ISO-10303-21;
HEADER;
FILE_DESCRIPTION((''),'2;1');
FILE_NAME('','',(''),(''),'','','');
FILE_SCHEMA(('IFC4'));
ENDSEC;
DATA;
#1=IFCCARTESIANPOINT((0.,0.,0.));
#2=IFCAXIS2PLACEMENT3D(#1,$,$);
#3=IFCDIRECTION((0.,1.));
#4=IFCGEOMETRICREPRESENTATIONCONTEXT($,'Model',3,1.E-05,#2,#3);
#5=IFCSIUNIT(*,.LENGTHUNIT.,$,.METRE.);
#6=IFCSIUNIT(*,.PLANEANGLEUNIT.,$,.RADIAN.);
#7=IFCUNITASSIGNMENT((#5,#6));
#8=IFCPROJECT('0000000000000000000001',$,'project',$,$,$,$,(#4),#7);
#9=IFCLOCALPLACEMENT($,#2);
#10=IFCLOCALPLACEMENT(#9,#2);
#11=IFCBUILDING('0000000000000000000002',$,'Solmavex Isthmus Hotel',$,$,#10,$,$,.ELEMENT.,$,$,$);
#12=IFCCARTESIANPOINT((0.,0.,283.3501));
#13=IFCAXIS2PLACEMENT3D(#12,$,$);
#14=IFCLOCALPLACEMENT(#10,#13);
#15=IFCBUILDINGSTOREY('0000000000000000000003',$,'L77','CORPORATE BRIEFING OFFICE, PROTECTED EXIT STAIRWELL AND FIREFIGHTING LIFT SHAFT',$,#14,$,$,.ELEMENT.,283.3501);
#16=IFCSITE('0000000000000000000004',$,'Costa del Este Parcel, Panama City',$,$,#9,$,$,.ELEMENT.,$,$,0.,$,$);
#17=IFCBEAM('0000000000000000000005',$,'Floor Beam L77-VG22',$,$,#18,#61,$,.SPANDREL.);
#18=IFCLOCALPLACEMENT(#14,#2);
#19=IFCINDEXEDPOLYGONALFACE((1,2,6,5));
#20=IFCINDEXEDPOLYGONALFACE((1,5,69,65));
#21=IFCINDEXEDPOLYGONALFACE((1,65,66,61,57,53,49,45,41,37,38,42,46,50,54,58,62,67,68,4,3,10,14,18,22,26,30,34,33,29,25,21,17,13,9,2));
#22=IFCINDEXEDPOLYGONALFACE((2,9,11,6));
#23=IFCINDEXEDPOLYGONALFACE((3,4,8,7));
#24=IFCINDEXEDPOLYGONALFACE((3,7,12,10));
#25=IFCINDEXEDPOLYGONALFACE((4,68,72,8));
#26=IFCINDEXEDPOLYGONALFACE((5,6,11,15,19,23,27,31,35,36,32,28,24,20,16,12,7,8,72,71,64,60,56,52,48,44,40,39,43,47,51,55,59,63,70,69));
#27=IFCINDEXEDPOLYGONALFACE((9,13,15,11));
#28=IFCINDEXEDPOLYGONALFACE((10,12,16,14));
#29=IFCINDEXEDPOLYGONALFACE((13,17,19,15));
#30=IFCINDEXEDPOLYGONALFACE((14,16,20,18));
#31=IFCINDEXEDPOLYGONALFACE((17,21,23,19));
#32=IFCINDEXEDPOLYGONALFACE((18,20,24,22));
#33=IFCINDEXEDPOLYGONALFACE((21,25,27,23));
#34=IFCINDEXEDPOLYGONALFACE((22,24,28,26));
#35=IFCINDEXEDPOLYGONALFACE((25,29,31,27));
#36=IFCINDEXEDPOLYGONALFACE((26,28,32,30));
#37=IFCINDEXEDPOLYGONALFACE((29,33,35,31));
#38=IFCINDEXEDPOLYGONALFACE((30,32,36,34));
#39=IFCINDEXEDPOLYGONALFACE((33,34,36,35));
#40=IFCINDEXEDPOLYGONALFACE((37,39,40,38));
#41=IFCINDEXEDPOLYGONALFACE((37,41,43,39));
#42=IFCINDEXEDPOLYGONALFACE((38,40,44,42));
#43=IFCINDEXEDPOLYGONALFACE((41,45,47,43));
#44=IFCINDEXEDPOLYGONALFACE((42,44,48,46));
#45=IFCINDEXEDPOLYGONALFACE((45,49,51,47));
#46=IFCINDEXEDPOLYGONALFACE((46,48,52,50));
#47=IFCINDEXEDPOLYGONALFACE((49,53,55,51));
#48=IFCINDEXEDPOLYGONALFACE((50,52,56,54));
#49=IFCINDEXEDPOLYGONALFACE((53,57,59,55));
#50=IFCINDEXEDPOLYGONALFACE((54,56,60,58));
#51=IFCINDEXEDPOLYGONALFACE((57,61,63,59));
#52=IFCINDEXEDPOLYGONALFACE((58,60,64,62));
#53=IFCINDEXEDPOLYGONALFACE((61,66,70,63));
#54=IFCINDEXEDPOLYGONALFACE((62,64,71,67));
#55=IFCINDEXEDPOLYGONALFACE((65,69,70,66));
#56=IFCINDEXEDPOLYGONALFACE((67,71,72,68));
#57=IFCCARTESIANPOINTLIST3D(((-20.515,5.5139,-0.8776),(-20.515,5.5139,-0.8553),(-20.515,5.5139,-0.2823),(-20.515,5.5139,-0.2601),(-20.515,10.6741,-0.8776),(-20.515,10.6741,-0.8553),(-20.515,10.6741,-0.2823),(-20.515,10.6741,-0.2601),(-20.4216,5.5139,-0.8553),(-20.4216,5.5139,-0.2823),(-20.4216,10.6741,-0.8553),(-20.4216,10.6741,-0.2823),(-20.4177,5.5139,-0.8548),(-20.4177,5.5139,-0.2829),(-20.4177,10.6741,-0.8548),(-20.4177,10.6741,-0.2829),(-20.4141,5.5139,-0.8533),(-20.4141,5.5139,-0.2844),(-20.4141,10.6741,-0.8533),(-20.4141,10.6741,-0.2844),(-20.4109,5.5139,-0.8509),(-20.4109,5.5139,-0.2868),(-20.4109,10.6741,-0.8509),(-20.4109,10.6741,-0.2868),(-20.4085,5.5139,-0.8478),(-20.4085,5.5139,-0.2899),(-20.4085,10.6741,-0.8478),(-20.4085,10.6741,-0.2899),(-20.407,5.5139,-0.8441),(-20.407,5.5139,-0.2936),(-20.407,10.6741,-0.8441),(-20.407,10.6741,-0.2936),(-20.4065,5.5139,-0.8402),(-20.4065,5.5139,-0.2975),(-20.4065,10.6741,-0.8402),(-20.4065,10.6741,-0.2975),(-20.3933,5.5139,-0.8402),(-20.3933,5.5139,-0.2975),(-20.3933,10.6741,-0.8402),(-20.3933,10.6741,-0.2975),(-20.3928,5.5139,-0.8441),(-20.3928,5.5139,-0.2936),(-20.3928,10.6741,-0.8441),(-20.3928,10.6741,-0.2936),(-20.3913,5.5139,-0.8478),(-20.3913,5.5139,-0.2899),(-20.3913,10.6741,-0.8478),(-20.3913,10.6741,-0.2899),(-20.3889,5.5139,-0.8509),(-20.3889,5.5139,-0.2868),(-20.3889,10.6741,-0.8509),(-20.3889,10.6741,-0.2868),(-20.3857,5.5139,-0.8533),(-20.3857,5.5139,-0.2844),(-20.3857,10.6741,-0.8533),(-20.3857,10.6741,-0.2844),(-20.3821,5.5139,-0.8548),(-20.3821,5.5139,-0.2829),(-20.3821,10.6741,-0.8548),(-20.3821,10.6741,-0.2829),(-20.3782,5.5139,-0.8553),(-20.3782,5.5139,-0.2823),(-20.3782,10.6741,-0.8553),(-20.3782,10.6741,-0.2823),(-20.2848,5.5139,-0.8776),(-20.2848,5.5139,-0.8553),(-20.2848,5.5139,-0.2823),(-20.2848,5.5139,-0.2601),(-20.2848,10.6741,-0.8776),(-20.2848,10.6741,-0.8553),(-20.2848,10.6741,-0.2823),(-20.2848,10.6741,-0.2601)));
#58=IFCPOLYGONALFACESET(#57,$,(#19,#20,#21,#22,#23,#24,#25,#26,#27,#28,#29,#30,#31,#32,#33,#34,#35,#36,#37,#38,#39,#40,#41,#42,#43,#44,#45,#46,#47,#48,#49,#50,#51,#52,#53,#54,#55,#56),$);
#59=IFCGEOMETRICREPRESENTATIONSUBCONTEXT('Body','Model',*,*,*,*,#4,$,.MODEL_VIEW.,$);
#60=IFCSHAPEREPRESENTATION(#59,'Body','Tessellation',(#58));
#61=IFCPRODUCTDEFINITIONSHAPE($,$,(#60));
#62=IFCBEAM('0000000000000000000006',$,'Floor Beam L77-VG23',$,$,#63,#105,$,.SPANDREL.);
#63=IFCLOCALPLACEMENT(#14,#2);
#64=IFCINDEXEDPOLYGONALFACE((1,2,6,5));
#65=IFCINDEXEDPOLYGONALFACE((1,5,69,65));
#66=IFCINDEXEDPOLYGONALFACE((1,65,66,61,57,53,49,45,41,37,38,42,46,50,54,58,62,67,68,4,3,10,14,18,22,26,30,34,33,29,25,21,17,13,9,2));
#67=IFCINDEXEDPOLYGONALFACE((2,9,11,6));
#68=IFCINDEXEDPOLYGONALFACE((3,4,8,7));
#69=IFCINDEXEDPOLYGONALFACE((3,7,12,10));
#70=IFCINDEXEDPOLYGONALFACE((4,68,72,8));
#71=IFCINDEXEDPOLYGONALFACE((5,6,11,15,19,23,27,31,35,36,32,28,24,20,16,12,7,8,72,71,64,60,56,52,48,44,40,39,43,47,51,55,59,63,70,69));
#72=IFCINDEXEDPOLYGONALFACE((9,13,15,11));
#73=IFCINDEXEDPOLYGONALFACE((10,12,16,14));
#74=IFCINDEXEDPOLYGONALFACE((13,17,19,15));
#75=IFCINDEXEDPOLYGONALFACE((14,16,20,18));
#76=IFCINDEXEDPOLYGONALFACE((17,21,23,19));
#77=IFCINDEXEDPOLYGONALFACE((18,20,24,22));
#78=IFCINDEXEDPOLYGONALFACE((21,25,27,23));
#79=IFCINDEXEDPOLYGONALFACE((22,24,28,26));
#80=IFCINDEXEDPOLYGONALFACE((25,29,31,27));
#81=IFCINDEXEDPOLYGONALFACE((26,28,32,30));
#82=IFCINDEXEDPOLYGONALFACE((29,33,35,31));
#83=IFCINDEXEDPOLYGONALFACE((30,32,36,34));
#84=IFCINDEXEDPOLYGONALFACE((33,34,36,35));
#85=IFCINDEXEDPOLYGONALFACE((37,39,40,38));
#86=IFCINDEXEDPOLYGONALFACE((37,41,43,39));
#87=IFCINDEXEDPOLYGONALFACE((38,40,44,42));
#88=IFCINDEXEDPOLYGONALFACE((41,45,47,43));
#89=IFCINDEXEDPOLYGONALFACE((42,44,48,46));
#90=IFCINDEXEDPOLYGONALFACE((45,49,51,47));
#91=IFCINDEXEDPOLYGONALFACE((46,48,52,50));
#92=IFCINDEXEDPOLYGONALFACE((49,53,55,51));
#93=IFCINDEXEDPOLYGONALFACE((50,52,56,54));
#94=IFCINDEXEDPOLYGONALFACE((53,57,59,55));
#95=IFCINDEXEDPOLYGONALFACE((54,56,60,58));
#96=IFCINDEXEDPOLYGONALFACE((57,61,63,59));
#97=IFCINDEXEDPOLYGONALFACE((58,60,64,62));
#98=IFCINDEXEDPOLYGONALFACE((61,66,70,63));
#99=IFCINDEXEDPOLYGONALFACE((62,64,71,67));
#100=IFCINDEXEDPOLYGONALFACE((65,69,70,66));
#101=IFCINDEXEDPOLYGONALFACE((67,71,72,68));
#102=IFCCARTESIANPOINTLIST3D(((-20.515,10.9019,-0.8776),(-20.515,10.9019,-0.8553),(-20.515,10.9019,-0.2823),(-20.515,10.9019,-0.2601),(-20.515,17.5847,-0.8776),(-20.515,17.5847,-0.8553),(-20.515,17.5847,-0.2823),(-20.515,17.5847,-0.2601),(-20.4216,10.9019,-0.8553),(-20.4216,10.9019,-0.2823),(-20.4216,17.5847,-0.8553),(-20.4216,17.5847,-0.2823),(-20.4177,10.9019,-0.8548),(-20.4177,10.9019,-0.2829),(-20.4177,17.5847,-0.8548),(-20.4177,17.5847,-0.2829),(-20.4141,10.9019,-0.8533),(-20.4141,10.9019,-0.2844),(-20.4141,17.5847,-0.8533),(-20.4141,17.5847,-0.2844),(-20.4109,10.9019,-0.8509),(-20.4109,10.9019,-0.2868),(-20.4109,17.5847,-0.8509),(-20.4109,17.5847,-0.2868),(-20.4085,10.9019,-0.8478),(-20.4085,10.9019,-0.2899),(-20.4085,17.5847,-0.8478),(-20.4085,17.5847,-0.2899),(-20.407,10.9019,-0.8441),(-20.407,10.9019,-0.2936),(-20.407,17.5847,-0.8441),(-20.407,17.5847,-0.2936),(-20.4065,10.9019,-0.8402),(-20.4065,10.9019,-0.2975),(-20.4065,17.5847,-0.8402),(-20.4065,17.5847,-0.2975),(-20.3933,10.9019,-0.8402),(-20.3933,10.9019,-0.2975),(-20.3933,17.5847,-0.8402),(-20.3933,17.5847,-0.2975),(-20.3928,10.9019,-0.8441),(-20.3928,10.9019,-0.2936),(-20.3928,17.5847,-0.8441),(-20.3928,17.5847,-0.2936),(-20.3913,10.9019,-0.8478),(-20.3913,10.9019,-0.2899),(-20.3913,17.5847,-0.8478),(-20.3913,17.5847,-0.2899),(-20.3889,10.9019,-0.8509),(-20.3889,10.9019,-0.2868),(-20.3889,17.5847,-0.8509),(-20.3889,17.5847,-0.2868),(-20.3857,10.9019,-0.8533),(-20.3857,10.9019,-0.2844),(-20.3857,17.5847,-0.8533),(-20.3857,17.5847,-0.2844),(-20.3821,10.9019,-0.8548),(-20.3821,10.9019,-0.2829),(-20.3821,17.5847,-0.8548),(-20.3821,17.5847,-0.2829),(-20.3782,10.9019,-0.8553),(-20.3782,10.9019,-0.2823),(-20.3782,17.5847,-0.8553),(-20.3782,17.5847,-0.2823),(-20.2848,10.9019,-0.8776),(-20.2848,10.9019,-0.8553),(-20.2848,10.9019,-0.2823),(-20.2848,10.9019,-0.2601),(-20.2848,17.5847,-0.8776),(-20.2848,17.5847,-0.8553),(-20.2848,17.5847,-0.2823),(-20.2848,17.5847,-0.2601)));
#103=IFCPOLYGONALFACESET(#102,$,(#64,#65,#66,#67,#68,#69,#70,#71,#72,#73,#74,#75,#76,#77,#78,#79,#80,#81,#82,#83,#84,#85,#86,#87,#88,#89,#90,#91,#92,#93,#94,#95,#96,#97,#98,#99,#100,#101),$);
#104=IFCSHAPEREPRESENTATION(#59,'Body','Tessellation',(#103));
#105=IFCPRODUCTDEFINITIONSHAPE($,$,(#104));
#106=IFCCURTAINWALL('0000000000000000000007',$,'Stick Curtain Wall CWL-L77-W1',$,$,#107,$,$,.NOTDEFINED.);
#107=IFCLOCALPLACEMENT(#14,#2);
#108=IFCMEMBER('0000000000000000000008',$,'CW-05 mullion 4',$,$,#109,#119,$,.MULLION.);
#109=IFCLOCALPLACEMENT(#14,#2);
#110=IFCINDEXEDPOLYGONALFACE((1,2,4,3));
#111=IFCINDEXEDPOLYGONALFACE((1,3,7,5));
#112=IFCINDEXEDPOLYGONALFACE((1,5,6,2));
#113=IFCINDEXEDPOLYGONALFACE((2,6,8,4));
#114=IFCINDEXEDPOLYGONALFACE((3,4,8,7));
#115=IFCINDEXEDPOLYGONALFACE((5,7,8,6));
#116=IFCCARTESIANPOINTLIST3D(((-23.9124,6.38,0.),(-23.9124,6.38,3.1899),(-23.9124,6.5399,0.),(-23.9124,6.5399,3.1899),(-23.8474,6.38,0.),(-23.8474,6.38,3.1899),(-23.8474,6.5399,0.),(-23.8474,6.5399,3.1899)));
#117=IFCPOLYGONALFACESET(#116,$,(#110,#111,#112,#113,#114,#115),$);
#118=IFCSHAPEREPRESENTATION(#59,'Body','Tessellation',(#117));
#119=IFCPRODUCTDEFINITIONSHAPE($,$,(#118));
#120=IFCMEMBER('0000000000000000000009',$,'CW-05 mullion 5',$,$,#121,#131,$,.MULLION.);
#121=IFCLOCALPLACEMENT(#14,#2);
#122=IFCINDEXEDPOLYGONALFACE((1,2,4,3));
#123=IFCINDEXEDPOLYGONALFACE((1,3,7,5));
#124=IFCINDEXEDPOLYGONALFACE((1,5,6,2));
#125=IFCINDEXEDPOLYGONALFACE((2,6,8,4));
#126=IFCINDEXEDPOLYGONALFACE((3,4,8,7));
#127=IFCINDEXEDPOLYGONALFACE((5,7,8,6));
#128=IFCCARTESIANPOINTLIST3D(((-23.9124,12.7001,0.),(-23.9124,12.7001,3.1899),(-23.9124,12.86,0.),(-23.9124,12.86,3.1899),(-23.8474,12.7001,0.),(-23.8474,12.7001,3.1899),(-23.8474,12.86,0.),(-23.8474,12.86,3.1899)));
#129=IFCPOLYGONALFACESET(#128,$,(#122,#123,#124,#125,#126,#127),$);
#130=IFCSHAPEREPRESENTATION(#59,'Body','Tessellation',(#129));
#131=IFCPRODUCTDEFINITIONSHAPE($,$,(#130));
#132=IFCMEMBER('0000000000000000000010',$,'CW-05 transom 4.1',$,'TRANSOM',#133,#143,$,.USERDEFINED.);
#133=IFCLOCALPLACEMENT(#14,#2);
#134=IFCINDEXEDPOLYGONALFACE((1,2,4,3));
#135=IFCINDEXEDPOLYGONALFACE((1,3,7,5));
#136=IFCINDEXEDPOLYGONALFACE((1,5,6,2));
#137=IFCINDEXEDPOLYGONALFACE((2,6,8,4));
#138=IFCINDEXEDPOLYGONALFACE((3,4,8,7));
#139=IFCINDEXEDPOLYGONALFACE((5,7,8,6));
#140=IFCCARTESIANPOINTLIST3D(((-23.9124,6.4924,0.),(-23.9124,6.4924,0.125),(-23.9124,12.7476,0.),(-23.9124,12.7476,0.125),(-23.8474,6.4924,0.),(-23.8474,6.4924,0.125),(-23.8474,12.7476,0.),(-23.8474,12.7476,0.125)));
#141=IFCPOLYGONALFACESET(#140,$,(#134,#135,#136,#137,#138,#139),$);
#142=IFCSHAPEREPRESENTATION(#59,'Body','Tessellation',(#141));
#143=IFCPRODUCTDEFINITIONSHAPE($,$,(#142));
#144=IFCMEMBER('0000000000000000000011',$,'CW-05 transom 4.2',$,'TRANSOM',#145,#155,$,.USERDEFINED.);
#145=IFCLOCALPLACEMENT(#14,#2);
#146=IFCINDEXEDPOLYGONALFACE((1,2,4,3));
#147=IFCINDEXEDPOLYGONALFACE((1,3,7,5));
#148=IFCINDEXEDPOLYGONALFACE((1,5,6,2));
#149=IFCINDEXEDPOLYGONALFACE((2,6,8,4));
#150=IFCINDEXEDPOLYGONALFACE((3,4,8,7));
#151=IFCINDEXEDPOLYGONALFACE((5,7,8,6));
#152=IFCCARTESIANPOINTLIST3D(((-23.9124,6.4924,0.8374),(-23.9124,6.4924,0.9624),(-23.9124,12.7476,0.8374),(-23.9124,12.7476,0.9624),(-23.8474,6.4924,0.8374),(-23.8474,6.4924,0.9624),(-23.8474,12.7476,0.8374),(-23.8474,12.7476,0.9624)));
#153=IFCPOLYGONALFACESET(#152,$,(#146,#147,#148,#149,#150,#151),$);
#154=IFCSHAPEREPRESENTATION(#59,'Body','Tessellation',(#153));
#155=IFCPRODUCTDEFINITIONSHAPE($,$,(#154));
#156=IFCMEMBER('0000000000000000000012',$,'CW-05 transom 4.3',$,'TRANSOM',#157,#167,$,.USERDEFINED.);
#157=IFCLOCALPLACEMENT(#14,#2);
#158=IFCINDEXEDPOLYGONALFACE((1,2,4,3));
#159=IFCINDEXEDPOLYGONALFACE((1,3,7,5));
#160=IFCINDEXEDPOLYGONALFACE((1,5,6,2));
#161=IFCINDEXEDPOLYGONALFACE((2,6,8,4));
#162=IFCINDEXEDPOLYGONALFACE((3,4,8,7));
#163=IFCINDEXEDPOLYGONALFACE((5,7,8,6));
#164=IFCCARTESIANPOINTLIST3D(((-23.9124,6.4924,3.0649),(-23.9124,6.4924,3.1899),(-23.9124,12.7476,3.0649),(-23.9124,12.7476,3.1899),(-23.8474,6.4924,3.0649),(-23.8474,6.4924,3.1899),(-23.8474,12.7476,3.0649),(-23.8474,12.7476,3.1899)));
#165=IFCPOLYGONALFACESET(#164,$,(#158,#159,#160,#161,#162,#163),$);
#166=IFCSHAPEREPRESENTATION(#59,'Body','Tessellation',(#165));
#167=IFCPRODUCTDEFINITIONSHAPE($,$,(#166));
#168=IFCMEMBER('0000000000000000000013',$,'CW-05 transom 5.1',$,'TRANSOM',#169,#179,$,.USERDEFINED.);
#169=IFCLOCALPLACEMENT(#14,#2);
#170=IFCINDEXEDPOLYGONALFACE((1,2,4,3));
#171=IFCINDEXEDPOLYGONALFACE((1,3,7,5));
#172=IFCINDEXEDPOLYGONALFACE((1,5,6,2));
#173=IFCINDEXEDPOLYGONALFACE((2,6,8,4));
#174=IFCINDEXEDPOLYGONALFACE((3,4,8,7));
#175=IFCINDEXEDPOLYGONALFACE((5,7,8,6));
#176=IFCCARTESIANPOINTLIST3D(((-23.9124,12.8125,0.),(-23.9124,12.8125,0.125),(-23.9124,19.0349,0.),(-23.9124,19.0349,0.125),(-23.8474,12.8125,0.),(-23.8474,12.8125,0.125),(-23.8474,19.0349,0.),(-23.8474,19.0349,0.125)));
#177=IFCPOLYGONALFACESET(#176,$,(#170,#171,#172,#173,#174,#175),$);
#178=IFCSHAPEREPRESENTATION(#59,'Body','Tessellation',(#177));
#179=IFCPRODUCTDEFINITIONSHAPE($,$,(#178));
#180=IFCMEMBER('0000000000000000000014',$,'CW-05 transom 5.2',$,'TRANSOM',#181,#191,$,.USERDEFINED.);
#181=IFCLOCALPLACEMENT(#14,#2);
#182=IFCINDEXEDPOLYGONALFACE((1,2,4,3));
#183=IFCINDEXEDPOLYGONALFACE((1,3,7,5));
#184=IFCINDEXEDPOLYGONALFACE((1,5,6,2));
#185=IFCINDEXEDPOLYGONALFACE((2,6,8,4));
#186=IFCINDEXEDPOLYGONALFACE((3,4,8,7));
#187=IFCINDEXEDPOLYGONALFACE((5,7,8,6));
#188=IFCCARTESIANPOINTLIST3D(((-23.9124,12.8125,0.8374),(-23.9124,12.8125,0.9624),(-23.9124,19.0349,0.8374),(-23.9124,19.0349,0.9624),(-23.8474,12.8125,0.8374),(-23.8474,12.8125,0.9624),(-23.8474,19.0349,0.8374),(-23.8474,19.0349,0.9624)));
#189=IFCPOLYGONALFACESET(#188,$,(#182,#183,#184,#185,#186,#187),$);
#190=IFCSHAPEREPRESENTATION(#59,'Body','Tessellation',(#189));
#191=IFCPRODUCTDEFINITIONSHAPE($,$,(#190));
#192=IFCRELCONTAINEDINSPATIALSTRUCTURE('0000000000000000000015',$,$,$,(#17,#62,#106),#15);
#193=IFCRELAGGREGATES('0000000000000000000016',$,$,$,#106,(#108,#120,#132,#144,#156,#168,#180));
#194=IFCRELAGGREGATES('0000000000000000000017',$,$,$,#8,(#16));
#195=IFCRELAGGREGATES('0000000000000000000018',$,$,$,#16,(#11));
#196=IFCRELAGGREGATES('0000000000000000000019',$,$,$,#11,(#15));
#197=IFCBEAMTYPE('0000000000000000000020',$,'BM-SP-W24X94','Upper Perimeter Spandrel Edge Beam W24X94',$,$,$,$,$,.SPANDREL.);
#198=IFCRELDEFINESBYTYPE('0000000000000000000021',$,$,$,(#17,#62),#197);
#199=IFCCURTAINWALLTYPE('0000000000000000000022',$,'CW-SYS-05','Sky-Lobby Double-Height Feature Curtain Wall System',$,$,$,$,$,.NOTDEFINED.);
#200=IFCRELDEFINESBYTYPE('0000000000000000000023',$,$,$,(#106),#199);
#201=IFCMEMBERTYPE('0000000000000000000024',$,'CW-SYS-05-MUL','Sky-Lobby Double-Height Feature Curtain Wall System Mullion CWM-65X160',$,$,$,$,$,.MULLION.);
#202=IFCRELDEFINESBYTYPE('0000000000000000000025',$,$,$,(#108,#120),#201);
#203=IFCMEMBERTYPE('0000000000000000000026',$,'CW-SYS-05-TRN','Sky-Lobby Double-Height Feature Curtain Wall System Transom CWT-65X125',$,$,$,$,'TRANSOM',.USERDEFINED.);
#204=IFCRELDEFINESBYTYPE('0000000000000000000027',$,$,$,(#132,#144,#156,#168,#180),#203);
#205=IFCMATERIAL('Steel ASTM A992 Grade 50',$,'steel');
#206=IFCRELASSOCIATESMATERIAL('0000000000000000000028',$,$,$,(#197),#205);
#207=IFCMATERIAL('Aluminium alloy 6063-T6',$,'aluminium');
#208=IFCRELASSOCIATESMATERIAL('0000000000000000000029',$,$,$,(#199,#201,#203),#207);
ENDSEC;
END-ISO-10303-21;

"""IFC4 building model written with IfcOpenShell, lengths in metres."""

from ifc_helpers import new_model, si_unit, direction, frame, origin, origin_2d, place, context, subcontext, project, spatial, rectangle, i_section, extrude, material, material_profile, profile_set, type_object, element, aggregate, save


model = new_model("IFC4")

# Units and contexts
model_context = context("Model", 3, precision=1e-05, world=origin(), true_north=direction((0.0, 1.0)))
body_context = subcontext(model_context, "Body", "Model", "MODEL_VIEW")
ifc_project = project(units=[si_unit("LENGTHUNIT", "METRE"), si_unit("PLANEANGLEUNIT", "RADIAN")], contexts=[model_context])

# Site, building, storey
site_placement = place(None, origin())
site = spatial("IfcSite", under=ifc_project, at=site_placement, Name="Costa del Este Parcel, Panama City", CompositionType="ELEMENT", RefElevation=0.0)
building_placement = place(site_placement, origin())
building = spatial("IfcBuilding", under=site, at=building_placement, Name="Solmavex Isthmus Hotel", CompositionType="ELEMENT")
storey_placement = place(building_placement, frame((0.0, 0.0, 283.3501)))
storey = spatial("IfcBuildingStorey", under=building, at=storey_placement, Name="L77", Description="CORPORATE BRIEFING OFFICE, PROTECTED EXIT STAIRWELL AND FIREFIGHTING LIFT SHAFT", CompositionType="ELEMENT", Elevation=283.3501)

# Beams
ifc_material_1 = material(Name="Steel ASTM A992 Grade 50", Category="steel")
ifc_material_profile_1 = material_profile(ifc_material_1, i_section(OverallWidth=0.2302, OverallDepth=0.6174, WebThickness=0.0132, FlangeThickness=0.0222, FilletRadius=0.0151, at=origin_2d()), Name="W24X94")
ifc_profile_set_1 = profile_set([ifc_material_profile_1], Name="Steel ASTM A992 Grade 50")
beam_type_1 = type_object("IfcBeamType", Name="BM-SP-W24X94", Description="Upper Perimeter Spandrel Edge Beam W24X94", PredefinedType="SPANDREL", material=ifc_profile_set_1)
beam_1_placement = place(storey_placement, frame((-20.3999, 5.5139, -0.5688), z_axis=(0.0, 1.0, 0.0), x_axis=(-1.0, 0.0, 0.0)))
element("IfcBeam", 1, at=beam_1_placement, inside=storey, type_object=beam_type_1, Name="Floor Beam L77-VG22", PredefinedType="SPANDREL", context=body_context, shape_type="SweptSolid", body=[
    extrude(i_section(OverallWidth=0.2302, OverallDepth=0.6174, WebThickness=0.0132, FlangeThickness=0.0222, FilletRadius=0.0151, at=origin_2d()), origin(), (0.0, 0.0, 1.0), 5.1602),
])
beam_2_placement = place(storey_placement, frame((-20.3999, 10.9019, -0.5688), z_axis=(0.0, 1.0, 0.0), x_axis=(-1.0, 0.0, 0.0)))
element("IfcBeam", 2, at=beam_2_placement, inside=storey, type_object=beam_type_1, Name="Floor Beam L77-VG23", PredefinedType="SPANDREL", context=body_context, shape_type="SweptSolid", body=[
    extrude(i_section(OverallWidth=0.2302, OverallDepth=0.6174, WebThickness=0.0132, FlangeThickness=0.0222, FilletRadius=0.0151, at=origin_2d()), origin(), (0.0, 0.0, 1.0), 6.6829),
])

# Curtain wall, members
ifc_material_2 = material(Name="Aluminium alloy 6063-T6", Category="aluminium")
curtain_wall_type = type_object("IfcCurtainWallType", Name="CW-SYS-05", Description="Sky-Lobby Double-Height Feature Curtain Wall System", PredefinedType="NOTDEFINED", material=ifc_material_2)
curtain_wall_placement = place(storey_placement, origin())
curtain_wall = element("IfcCurtainWall", 3, at=curtain_wall_placement, inside=storey, type_object=curtain_wall_type, Name="Stick Curtain Wall CWL-L77-W1", PredefinedType="NOTDEFINED")
ifc_material_profile_2 = material_profile(ifc_material_2, rectangle(XDim=0.0649, YDim=0.1599, at=origin_2d()), Name="CWM-65X160")
ifc_profile_set_2 = profile_set([ifc_material_profile_2], Name="Aluminium alloy 6063-T6")
member_type_1 = type_object("IfcMemberType", Name="CW-SYS-05-MUL", Description="Sky-Lobby Double-Height Feature Curtain Wall System Mullion CWM-65X160", PredefinedType="MULLION", material=ifc_profile_set_2)
member_1_placement = place(storey_placement, frame((-23.8799, 6.46, 0.0), z_axis=(0.0, 0.0, 1.0), x_axis=(-1.0, 0.0, 0.0)))
member_1 = element("IfcMember", 4, at=member_1_placement, type_object=member_type_1, Name="CW-05 mullion 4", PredefinedType="MULLION", context=body_context, shape_type="SweptSolid", body=[
    extrude(rectangle(XDim=0.0649, YDim=0.1599, at=origin_2d()), origin(), (0.0, 0.0, 1.0), 3.1899),
])
member_2_placement = place(storey_placement, frame((-23.8799, 12.78, 0.0), z_axis=(0.0, 0.0, 1.0), x_axis=(-1.0, 0.0, 0.0)))
member_2 = element("IfcMember", 5, at=member_2_placement, type_object=member_type_1, Name="CW-05 mullion 5", PredefinedType="MULLION", context=body_context, shape_type="SweptSolid", body=[
    extrude(rectangle(XDim=0.0649, YDim=0.1599, at=origin_2d()), origin(), (0.0, 0.0, 1.0), 3.1899),
])
ifc_material_profile_3 = material_profile(ifc_material_2, rectangle(XDim=0.0649, YDim=0.125, at=origin_2d()), Name="CWT-65X125")
ifc_profile_set_3 = profile_set([ifc_material_profile_3], Name="Aluminium alloy 6063-T6")
member_type_2 = type_object("IfcMemberType", Name="CW-SYS-05-TRN", Description="Sky-Lobby Double-Height Feature Curtain Wall System Transom CWT-65X125", ElementType="TRANSOM", PredefinedType="USERDEFINED", material=ifc_profile_set_3)
member_3_placement = place(storey_placement, frame((-23.8799, 6.4924, 0.0625), z_axis=(0.0, 1.0, 0.0), x_axis=(-1.0, 0.0, 0.0)))
member_3 = element("IfcMember", 6, at=member_3_placement, type_object=member_type_2, Name="CW-05 transom 4.1", ObjectType="TRANSOM", PredefinedType="USERDEFINED", context=body_context, shape_type="SweptSolid", body=[
    extrude(rectangle(XDim=0.0649, YDim=0.125, at=origin_2d()), origin(), (0.0, 0.0, 1.0), 6.2551),
])
member_4_placement = place(storey_placement, frame((-23.8799, 6.4924, 0.8999), z_axis=(0.0, 1.0, 0.0), x_axis=(-1.0, 0.0, 0.0)))
member_4 = element("IfcMember", 7, at=member_4_placement, type_object=member_type_2, Name="CW-05 transom 4.2", ObjectType="TRANSOM", PredefinedType="USERDEFINED", context=body_context, shape_type="SweptSolid", body=[
    extrude(rectangle(XDim=0.0649, YDim=0.125, at=origin_2d()), origin(), (0.0, 0.0, 1.0), 6.2551),
])
member_5_placement = place(storey_placement, frame((-23.8799, 6.4924, 3.1274), z_axis=(0.0, 1.0, 0.0), x_axis=(-1.0, 0.0, 0.0)))
member_5 = element("IfcMember", 8, at=member_5_placement, type_object=member_type_2, Name="CW-05 transom 4.3", ObjectType="TRANSOM", PredefinedType="USERDEFINED", context=body_context, shape_type="SweptSolid", body=[
    extrude(rectangle(XDim=0.0649, YDim=0.125, at=origin_2d()), origin(), (0.0, 0.0, 1.0), 6.2551),
])
member_6_placement = place(storey_placement, frame((-23.8799, 12.8125, 0.0625), z_axis=(0.0, 1.0, 0.0), x_axis=(-1.0, 0.0, 0.0)))
member_6 = element("IfcMember", 9, at=member_6_placement, type_object=member_type_2, Name="CW-05 transom 5.1", ObjectType="TRANSOM", PredefinedType="USERDEFINED", context=body_context, shape_type="SweptSolid", body=[
    extrude(rectangle(XDim=0.0649, YDim=0.125, at=origin_2d()), origin(), (0.0, 0.0, 1.0), 6.2224),
])
member_7_placement = place(storey_placement, frame((-23.8799, 12.8125, 0.8999), z_axis=(0.0, 1.0, 0.0), x_axis=(-1.0, 0.0, 0.0)))
member_7 = element("IfcMember", 10, at=member_7_placement, type_object=member_type_2, Name="CW-05 transom 5.2", ObjectType="TRANSOM", PredefinedType="USERDEFINED", context=body_context, shape_type="SweptSolid", body=[
    extrude(rectangle(XDim=0.0649, YDim=0.125, at=origin_2d()), origin(), (0.0, 0.0, 1.0), 6.2224),
])
aggregate(curtain_wall, [member_1, member_2, member_3, member_4, member_5, member_6, member_7])

save(model, "model.ifc")
